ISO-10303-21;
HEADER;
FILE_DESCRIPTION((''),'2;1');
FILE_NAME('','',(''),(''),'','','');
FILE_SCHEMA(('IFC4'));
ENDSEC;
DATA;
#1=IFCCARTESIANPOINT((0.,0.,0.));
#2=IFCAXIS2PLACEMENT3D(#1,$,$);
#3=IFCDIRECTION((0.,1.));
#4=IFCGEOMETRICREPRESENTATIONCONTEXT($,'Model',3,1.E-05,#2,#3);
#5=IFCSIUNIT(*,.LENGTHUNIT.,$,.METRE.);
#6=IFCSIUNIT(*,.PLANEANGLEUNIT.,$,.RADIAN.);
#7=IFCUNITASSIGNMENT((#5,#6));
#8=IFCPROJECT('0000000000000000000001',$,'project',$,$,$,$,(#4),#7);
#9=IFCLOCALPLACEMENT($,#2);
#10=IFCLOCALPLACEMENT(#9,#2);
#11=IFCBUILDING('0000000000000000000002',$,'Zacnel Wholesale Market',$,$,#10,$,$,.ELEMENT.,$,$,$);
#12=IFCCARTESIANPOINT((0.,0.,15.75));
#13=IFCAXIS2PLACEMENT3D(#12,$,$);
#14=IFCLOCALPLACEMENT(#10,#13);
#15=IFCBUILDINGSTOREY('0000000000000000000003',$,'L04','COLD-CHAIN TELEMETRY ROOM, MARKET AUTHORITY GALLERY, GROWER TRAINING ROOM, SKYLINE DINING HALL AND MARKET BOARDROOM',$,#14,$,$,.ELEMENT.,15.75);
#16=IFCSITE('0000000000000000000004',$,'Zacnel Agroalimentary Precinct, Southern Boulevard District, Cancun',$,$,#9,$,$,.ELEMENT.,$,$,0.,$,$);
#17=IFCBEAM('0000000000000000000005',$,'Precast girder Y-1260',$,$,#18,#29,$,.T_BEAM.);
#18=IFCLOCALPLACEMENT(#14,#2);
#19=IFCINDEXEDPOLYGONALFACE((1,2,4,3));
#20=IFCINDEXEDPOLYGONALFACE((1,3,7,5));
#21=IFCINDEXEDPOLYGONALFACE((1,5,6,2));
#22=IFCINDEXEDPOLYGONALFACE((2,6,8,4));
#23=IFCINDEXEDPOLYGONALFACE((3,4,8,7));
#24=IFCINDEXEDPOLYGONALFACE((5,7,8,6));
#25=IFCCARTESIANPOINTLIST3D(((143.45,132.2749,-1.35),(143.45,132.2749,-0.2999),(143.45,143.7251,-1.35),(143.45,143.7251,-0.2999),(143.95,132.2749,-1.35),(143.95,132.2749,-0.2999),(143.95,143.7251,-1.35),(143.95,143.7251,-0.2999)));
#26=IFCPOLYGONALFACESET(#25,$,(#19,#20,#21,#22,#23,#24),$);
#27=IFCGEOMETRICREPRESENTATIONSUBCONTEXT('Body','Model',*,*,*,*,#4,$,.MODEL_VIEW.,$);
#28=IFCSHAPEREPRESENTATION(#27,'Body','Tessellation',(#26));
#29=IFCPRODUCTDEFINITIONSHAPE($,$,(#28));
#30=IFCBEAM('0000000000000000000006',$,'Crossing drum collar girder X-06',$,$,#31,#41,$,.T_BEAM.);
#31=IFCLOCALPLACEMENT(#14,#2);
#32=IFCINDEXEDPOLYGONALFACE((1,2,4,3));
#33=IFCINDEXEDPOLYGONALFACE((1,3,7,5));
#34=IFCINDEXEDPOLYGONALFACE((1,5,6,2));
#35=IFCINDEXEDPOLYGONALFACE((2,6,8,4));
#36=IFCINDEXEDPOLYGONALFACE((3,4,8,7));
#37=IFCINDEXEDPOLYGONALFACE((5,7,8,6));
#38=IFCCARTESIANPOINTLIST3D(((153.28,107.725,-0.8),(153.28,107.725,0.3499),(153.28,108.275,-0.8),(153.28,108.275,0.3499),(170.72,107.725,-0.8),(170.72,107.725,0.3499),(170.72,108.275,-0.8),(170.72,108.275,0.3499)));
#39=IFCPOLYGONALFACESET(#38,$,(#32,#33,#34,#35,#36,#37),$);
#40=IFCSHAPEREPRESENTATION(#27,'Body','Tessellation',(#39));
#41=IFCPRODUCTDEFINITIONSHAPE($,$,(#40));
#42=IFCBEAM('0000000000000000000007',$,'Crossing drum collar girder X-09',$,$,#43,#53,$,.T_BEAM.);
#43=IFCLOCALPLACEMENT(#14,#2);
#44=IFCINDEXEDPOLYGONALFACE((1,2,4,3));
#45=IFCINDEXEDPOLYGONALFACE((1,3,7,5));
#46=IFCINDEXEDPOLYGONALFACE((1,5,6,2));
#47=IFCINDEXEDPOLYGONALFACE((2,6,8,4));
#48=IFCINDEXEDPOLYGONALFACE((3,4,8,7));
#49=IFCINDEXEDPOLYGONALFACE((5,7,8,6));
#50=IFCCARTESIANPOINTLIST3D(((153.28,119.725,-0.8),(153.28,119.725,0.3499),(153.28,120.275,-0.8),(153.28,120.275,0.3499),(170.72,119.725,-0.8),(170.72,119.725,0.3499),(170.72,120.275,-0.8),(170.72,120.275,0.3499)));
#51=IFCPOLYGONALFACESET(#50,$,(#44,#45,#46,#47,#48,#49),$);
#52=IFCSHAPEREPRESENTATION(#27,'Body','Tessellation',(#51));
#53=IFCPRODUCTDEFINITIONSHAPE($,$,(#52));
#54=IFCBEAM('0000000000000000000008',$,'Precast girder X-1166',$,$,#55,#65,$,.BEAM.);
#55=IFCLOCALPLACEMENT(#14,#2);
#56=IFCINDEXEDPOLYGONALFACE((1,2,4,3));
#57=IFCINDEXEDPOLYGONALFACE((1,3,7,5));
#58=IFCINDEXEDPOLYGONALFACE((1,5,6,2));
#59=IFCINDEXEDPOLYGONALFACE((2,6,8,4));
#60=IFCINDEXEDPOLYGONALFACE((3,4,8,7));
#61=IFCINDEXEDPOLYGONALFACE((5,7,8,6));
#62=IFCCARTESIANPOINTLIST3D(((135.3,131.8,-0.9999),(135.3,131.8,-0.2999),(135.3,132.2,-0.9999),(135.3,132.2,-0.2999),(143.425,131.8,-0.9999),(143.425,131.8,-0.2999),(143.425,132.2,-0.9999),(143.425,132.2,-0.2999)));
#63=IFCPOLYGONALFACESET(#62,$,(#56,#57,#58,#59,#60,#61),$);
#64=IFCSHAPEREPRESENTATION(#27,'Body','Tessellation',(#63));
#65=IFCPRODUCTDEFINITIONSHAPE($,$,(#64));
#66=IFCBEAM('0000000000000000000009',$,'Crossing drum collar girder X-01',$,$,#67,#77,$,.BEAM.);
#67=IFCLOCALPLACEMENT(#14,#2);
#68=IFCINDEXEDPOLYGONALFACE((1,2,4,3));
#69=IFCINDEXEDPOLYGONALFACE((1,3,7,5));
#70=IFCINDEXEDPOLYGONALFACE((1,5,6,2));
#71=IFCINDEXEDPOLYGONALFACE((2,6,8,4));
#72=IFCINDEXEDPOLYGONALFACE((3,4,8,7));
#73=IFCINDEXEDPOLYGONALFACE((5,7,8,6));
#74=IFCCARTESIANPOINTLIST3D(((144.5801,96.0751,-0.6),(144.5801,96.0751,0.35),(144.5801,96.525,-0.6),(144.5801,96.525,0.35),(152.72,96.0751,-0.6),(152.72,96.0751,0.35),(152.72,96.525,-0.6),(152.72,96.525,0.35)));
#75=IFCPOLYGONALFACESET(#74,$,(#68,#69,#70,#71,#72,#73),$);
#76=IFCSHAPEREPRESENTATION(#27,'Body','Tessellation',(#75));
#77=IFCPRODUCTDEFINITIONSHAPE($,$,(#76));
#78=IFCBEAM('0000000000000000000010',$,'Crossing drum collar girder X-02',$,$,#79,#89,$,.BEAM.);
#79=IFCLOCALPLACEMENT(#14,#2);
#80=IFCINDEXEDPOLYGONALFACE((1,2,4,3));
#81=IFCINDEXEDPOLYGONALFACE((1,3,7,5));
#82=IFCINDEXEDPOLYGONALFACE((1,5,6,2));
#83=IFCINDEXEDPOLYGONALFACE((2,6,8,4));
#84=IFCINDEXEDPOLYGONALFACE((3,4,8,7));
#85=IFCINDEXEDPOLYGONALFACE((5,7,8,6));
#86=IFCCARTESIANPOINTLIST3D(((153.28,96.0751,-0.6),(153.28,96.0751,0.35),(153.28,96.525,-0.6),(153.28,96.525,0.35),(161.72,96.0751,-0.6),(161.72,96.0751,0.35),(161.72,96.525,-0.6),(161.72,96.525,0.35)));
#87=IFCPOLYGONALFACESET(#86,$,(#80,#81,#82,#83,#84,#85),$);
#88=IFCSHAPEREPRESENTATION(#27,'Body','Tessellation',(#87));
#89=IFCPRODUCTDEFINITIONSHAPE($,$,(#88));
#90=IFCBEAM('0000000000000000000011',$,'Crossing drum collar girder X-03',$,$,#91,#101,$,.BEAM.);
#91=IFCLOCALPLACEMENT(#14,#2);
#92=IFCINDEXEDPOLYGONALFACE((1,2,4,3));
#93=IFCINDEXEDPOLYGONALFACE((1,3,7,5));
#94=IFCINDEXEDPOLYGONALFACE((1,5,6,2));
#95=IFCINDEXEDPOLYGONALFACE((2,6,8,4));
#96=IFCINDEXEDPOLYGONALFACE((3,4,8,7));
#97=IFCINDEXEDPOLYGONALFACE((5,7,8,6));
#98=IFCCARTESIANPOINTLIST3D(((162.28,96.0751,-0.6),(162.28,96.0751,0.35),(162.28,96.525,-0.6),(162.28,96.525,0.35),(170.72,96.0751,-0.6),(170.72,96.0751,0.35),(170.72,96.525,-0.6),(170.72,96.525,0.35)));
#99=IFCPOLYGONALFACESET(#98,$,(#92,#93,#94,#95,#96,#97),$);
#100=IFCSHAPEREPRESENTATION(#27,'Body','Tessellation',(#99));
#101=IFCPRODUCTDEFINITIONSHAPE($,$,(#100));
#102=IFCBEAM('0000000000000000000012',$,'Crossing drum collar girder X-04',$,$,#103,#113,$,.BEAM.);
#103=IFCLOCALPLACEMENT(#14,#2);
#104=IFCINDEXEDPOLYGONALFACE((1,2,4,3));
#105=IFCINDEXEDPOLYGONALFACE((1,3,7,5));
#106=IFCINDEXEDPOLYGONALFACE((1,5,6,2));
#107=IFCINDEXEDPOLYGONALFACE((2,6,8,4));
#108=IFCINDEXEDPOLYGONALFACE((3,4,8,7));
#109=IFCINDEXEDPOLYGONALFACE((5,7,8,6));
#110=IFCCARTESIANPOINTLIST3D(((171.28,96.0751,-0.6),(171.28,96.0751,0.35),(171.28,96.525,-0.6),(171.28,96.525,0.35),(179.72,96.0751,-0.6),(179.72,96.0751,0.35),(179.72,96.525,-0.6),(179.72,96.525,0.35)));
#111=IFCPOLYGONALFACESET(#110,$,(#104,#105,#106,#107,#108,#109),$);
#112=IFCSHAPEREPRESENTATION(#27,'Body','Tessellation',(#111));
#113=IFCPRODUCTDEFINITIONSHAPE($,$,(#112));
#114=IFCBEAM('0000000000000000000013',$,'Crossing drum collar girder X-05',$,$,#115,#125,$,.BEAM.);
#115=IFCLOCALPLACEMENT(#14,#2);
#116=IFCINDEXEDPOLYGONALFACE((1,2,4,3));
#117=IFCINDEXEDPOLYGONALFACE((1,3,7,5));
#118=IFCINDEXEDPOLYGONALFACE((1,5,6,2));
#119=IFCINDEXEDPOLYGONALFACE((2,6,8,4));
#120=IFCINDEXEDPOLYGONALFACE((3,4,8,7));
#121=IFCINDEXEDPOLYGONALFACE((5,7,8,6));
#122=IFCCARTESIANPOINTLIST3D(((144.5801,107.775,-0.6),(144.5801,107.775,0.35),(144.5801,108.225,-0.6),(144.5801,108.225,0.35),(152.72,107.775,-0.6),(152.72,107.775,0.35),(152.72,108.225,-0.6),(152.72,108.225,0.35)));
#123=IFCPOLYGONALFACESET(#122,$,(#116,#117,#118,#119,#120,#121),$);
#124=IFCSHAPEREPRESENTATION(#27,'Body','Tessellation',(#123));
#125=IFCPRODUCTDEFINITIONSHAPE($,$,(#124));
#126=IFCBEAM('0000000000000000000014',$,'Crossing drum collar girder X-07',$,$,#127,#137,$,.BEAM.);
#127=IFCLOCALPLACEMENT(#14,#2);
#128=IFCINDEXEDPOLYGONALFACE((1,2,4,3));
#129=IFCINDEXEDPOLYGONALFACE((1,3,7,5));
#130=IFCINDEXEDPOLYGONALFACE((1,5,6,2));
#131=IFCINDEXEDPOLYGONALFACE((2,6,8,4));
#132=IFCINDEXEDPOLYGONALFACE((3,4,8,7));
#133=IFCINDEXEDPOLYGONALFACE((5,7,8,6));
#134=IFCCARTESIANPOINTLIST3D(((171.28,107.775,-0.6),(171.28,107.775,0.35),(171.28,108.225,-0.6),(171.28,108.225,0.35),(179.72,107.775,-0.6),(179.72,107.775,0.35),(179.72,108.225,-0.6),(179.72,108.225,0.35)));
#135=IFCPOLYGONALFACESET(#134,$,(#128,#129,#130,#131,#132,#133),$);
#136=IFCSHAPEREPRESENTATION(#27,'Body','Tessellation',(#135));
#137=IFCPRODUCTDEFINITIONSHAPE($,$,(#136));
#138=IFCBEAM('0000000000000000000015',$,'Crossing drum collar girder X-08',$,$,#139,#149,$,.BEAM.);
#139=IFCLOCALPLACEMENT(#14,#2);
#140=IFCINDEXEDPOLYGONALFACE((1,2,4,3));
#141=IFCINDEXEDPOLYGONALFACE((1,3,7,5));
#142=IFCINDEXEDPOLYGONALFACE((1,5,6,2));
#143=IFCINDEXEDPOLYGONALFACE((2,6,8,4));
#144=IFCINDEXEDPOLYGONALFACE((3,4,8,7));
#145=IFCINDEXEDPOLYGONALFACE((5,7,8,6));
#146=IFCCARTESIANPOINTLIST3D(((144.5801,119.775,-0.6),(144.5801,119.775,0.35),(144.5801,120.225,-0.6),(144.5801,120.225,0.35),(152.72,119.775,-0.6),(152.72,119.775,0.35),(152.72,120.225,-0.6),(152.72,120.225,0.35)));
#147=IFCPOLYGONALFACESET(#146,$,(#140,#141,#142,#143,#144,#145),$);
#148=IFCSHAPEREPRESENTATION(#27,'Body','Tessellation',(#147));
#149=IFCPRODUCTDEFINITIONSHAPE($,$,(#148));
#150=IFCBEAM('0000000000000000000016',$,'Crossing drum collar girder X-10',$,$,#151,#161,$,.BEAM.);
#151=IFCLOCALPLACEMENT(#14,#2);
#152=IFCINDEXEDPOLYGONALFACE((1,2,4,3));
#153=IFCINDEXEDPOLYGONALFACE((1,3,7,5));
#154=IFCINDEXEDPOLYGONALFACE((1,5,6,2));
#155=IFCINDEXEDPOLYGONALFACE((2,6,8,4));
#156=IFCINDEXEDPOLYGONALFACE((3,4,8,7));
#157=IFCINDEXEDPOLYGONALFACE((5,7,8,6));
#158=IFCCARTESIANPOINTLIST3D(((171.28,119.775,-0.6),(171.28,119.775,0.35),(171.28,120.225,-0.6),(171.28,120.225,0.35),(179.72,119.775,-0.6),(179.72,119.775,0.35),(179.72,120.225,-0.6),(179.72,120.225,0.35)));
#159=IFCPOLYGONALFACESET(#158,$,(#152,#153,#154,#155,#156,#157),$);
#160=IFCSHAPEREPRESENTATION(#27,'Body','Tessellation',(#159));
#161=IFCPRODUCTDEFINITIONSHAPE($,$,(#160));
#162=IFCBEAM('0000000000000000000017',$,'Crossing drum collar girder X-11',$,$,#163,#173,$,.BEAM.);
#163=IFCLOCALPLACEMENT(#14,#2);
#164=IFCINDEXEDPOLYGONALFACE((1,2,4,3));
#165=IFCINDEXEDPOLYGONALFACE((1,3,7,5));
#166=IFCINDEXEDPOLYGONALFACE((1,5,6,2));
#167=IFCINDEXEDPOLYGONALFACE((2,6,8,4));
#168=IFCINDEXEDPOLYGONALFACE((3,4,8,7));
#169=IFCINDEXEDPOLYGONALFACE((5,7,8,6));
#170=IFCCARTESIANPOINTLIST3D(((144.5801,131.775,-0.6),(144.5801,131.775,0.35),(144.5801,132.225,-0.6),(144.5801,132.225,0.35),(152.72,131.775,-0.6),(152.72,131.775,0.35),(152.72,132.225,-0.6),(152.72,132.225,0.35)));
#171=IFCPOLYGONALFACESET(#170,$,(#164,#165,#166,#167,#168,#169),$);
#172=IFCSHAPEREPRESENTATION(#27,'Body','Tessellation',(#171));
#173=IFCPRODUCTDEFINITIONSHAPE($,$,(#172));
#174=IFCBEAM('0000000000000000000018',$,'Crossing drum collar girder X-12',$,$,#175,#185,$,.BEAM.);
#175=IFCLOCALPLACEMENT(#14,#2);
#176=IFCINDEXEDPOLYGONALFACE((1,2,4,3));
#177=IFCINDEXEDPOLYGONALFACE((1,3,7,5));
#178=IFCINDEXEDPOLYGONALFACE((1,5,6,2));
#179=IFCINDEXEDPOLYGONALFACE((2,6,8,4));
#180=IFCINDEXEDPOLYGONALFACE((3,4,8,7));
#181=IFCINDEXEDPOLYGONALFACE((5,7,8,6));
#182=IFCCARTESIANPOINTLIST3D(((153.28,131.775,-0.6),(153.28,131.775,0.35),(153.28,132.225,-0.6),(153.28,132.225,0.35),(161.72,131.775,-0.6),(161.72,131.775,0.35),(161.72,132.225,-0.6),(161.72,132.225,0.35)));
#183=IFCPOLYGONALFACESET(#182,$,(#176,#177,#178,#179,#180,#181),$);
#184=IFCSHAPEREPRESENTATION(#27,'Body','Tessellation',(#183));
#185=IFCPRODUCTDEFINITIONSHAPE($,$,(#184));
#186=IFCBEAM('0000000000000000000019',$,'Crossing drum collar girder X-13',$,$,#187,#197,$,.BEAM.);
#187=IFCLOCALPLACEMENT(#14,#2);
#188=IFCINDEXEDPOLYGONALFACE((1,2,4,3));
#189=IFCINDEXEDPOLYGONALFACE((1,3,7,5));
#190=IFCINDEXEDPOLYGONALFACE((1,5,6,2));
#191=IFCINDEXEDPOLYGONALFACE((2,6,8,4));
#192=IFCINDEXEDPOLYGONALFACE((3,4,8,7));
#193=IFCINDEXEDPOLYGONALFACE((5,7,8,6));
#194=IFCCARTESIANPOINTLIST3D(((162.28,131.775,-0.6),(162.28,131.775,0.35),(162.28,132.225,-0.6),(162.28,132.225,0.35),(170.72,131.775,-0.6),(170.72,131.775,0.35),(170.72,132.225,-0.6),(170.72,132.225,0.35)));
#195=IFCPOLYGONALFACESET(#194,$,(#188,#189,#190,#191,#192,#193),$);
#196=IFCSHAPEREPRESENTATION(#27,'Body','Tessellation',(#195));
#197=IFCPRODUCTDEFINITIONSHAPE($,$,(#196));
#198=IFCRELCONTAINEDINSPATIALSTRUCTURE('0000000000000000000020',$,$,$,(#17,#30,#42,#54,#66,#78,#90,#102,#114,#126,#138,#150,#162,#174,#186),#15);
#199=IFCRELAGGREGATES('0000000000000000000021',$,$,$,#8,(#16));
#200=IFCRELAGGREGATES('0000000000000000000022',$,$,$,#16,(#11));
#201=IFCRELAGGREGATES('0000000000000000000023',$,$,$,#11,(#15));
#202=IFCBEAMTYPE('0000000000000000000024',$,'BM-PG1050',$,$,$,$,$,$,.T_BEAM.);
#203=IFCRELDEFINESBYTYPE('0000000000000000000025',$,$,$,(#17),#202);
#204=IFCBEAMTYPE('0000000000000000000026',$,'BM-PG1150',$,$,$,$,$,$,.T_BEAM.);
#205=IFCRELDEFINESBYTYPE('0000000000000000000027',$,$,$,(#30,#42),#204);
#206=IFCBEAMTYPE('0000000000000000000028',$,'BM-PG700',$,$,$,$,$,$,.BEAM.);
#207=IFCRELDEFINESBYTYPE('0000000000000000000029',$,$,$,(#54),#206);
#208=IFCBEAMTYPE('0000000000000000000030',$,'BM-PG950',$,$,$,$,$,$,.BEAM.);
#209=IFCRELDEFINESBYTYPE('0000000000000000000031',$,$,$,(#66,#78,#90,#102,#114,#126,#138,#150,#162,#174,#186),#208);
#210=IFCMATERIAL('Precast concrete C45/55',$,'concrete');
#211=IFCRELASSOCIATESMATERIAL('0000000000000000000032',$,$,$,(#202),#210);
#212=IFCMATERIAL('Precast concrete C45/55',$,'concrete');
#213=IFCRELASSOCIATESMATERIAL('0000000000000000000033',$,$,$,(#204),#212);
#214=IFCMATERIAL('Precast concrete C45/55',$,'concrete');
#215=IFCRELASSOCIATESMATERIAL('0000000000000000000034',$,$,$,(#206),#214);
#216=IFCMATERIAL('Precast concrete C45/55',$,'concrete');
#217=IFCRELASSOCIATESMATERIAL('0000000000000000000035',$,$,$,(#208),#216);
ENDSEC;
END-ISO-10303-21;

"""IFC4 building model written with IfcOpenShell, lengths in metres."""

from ifc_helpers import new_model, si_unit, direction, frame, origin, origin_2d, place, context, subcontext, project, spatial, rectangle, extrude, material, material_profile, profile_set, type_object, element, save


model = new_model("IFC4")

# Units and contexts
model_context = context("Model", 3, precision=1e-05, world=origin(), true_north=direction((0.0, 1.0)))
body_context = subcontext(model_context, "Body", "Model", "MODEL_VIEW")
ifc_project = project(units=[si_unit("LENGTHUNIT", "METRE"), si_unit("PLANEANGLEUNIT", "RADIAN")], contexts=[model_context])

# Site, building, storey
site_placement = place(None, origin())
site = spatial("IfcSite", under=ifc_project, at=site_placement, Name="Zacnel Agroalimentary Precinct, Southern Boulevard District, Cancun", CompositionType="ELEMENT", RefElevation=0.0)
building_placement = place(site_placement, origin())
building = spatial("IfcBuilding", under=site, at=building_placement, Name="Zacnel Wholesale Market", CompositionType="ELEMENT")
storey_placement = place(building_placement, frame((0.0, 0.0, 15.75)))
storey = spatial("IfcBuildingStorey", under=building, at=storey_placement, Name="L04", Description="COLD-CHAIN TELEMETRY ROOM, MARKET AUTHORITY GALLERY, GROWER TRAINING ROOM, SKYLINE DINING HALL AND MARKET BOARDROOM", CompositionType="ELEMENT", Elevation=15.75)

# Beams
ifc_material_1 = material(Name="Precast concrete C45/55", Category="concrete")
ifc_material_profile_1 = material_profile(ifc_material_1, rectangle(XDim=0.5, YDim=1.05, at=origin_2d()), Name="PG 500x1050")
ifc_profile_set_1 = profile_set([ifc_material_profile_1], Name="Precast concrete C45/55")
beam_type_1 = type_object("IfcBeamType", Name="BM-PG1050", PredefinedType="T_BEAM", material=ifc_profile_set_1)
beam_1_placement = place(storey_placement, frame((143.7, 132.2749, -0.825), z_axis=(0.0, 1.0, 0.0), x_axis=(-1.0, 0.0, 0.0)))
element("IfcBeam", 1, at=beam_1_placement, inside=storey, type_object=beam_type_1, Name="Precast girder Y-1260", PredefinedType="T_BEAM", context=body_context, shape_type="SweptSolid", body=[
    extrude(rectangle(XDim=0.5, YDim=1.05, at=origin_2d()), origin(), (0.0, 0.0, 1.0), 11.4502),
])
ifc_material_2 = material(Name="Precast concrete C45/55", Category="concrete")
ifc_material_profile_2 = material_profile(ifc_material_2, rectangle(XDim=0.55, YDim=1.1499, at=origin_2d()), Name="PG 550x1150")
ifc_profile_set_2 = profile_set([ifc_material_profile_2], Name="Precast concrete C45/55")
beam_type_2 = type_object("IfcBeamType", Name="BM-PG1150", PredefinedType="T_BEAM", material=ifc_profile_set_2)
for number, where, z_axis, x_axis, name in (
    (2, (153.28, 108.0, -0.2251), (1.0, 0.0, 0.0), (0.0, 1.0, 0.0), "Crossing drum collar girder X-06"),
    (3, (153.28, 120.0, -0.2251), (1.0, 0.0, 0.0), (0.0, 1.0, 0.0), "Crossing drum collar girder X-09"),
):
    element("IfcBeam", number, at=place(storey_placement, frame(where, z_axis=z_axis, x_axis=x_axis)), inside=storey, type_object=beam_type_2, Name=name, PredefinedType="T_BEAM", context=body_context, shape_type="SweptSolid", body=[
        extrude(rectangle(XDim=0.55, YDim=1.1499, at=origin_2d()), origin(), (0.0, 0.0, 1.0), 17.4399),
    ])
ifc_material_3 = material(Name="Precast concrete C45/55", Category="concrete")
ifc_material_profile_3 = material_profile(ifc_material_3, rectangle(XDim=0.3999, YDim=0.7, at=origin_2d()), Name="PG 400x700")
ifc_profile_set_3 = profile_set([ifc_material_profile_3], Name="Precast concrete C45/55")
beam_type_3 = type_object("IfcBeamType", Name="BM-PG700", PredefinedType="BEAM", material=ifc_profile_set_3)
beam_2_placement = place(storey_placement, frame((135.3, 132.0, -0.6499), z_axis=(1.0, 0.0, 0.0), x_axis=(0.0, 1.0, 0.0)))
element("IfcBeam", 4, at=beam_2_placement, inside=storey, type_object=beam_type_3, Name="Precast girder X-1166", PredefinedType="BEAM", context=body_context, shape_type="SweptSolid", body=[
    extrude(rectangle(XDim=0.3999, YDim=0.7, at=origin_2d()), origin(), (0.0, 0.0, 1.0), 8.125),
])
ifc_material_4 = material(Name="Precast concrete C45/55", Category="concrete")
ifc_material_profile_4 = material_profile(ifc_material_4, rectangle(XDim=0.45, YDim=0.95, at=origin_2d()), Name="PG 450x950")
ifc_profile_set_4 = profile_set([ifc_material_profile_4], Name="Precast concrete C45/55")
beam_type_4 = type_object("IfcBeamType", Name="BM-PG950", PredefinedType="BEAM", material=ifc_profile_set_4)
beam_3_placement = place(storey_placement, frame((144.5801, 96.3, -0.125), z_axis=(1.0, 0.0, 0.0), x_axis=(0.0, 1.0, 0.0)))
element("IfcBeam", 5, at=beam_3_placement, inside=storey, type_object=beam_type_4, Name="Crossing drum collar girder X-01", PredefinedType="BEAM", context=body_context, shape_type="SweptSolid", body=[
    extrude(rectangle(XDim=0.45, YDim=0.95, at=origin_2d()), origin(), (0.0, 0.0, 1.0), 8.1399),
])
for number, where, z_axis, x_axis, name in (
    (6, (153.28, 96.3, -0.125), (1.0, 0.0, 0.0), (0.0, 1.0, 0.0), "Crossing drum collar girder X-02"),
    (7, (162.28, 96.3, -0.125), (1.0, 0.0, 0.0), (0.0, 1.0, 0.0), "Crossing drum collar girder X-03"),
    (8, (171.28, 96.3, -0.125), (1.0, 0.0, 0.0), (0.0, 1.0, 0.0), "Crossing drum collar girder X-04"),
):
    element("IfcBeam", number, at=place(storey_placement, frame(where, z_axis=z_axis, x_axis=x_axis)), inside=storey, type_object=beam_type_4, Name=name, PredefinedType="BEAM", context=body_context, shape_type="SweptSolid", body=[
        extrude(rectangle(XDim=0.45, YDim=0.95, at=origin_2d()), origin(), (0.0, 0.0, 1.0), 8.4399),
    ])
beam_4_placement = place(storey_placement, frame((144.5801, 108.0, -0.125), z_axis=(1.0, 0.0, 0.0), x_axis=(0.0, 1.0, 0.0)))
element("IfcBeam", 9, at=beam_4_placement, inside=storey, type_object=beam_type_4, Name="Crossing drum collar girder X-05", PredefinedType="BEAM", context=body_context, shape_type="SweptSolid", body=[
    extrude(rectangle(XDim=0.45, YDim=0.95, at=origin_2d()), origin(), (0.0, 0.0, 1.0), 8.1399),
])
beam_5_placement = place(storey_placement, frame((171.28, 108.0, -0.125), z_axis=(1.0, 0.0, 0.0), x_axis=(0.0, 1.0, 0.0)))
element("IfcBeam", 10, at=beam_5_placement, inside=storey, type_object=beam_type_4, Name="Crossing drum collar girder X-07", PredefinedType="BEAM", context=body_context, shape_type="SweptSolid", body=[
    extrude(rectangle(XDim=0.45, YDim=0.95, at=origin_2d()), origin(), (0.0, 0.0, 1.0), 8.4399),
])
beam_6_placement = place(storey_placement, frame((144.5801, 120.0, -0.125), z_axis=(1.0, 0.0, 0.0), x_axis=(0.0, 1.0, 0.0)))
element("IfcBeam", 11, at=beam_6_placement, inside=storey, type_object=beam_type_4, Name="Crossing drum collar girder X-08", PredefinedType="BEAM", context=body_context, shape_type="SweptSolid", body=[
    extrude(rectangle(XDim=0.45, YDim=0.95, at=origin_2d()), origin(), (0.0, 0.0, 1.0), 8.1399),
])
beam_7_placement = place(storey_placement, frame((171.28, 120.0, -0.125), z_axis=(1.0, 0.0, 0.0), x_axis=(0.0, 1.0, 0.0)))
element("IfcBeam", 12, at=beam_7_placement, inside=storey, type_object=beam_type_4, Name="Crossing drum collar girder X-10", PredefinedType="BEAM", context=body_context, shape_type="SweptSolid", body=[
    extrude(rectangle(XDim=0.45, YDim=0.95, at=origin_2d()), origin(), (0.0, 0.0, 1.0), 8.4399),
])
beam_8_placement = place(storey_placement, frame((144.5801, 132.0, -0.125), z_axis=(1.0, 0.0, 0.0), x_axis=(0.0, 1.0, 0.0)))
element("IfcBeam", 13, at=beam_8_placement, inside=storey, type_object=beam_type_4, Name="Crossing drum collar girder X-11", PredefinedType="BEAM", context=body_context, shape_type="SweptSolid", body=[
    extrude(rectangle(XDim=0.45, YDim=0.95, at=origin_2d()), origin(), (0.0, 0.0, 1.0), 8.1399),
])
for number, where, z_axis, x_axis, name in (
    (14, (153.28, 132.0, -0.125), (1.0, 0.0, 0.0), (0.0, 1.0, 0.0), "Crossing drum collar girder X-12"),
    (15, (162.28, 132.0, -0.125), (1.0, 0.0, 0.0), (0.0, 1.0, 0.0), "Crossing drum collar girder X-13"),
):
    element("IfcBeam", number, at=place(storey_placement, frame(where, z_axis=z_axis, x_axis=x_axis)), inside=storey, type_object=beam_type_4, Name=name, PredefinedType="BEAM", context=body_context, shape_type="SweptSolid", body=[
        extrude(rectangle(XDim=0.45, YDim=0.95, at=origin_2d()), origin(), (0.0, 0.0, 1.0), 8.4399),
    ])

save(model, "model.ifc")
